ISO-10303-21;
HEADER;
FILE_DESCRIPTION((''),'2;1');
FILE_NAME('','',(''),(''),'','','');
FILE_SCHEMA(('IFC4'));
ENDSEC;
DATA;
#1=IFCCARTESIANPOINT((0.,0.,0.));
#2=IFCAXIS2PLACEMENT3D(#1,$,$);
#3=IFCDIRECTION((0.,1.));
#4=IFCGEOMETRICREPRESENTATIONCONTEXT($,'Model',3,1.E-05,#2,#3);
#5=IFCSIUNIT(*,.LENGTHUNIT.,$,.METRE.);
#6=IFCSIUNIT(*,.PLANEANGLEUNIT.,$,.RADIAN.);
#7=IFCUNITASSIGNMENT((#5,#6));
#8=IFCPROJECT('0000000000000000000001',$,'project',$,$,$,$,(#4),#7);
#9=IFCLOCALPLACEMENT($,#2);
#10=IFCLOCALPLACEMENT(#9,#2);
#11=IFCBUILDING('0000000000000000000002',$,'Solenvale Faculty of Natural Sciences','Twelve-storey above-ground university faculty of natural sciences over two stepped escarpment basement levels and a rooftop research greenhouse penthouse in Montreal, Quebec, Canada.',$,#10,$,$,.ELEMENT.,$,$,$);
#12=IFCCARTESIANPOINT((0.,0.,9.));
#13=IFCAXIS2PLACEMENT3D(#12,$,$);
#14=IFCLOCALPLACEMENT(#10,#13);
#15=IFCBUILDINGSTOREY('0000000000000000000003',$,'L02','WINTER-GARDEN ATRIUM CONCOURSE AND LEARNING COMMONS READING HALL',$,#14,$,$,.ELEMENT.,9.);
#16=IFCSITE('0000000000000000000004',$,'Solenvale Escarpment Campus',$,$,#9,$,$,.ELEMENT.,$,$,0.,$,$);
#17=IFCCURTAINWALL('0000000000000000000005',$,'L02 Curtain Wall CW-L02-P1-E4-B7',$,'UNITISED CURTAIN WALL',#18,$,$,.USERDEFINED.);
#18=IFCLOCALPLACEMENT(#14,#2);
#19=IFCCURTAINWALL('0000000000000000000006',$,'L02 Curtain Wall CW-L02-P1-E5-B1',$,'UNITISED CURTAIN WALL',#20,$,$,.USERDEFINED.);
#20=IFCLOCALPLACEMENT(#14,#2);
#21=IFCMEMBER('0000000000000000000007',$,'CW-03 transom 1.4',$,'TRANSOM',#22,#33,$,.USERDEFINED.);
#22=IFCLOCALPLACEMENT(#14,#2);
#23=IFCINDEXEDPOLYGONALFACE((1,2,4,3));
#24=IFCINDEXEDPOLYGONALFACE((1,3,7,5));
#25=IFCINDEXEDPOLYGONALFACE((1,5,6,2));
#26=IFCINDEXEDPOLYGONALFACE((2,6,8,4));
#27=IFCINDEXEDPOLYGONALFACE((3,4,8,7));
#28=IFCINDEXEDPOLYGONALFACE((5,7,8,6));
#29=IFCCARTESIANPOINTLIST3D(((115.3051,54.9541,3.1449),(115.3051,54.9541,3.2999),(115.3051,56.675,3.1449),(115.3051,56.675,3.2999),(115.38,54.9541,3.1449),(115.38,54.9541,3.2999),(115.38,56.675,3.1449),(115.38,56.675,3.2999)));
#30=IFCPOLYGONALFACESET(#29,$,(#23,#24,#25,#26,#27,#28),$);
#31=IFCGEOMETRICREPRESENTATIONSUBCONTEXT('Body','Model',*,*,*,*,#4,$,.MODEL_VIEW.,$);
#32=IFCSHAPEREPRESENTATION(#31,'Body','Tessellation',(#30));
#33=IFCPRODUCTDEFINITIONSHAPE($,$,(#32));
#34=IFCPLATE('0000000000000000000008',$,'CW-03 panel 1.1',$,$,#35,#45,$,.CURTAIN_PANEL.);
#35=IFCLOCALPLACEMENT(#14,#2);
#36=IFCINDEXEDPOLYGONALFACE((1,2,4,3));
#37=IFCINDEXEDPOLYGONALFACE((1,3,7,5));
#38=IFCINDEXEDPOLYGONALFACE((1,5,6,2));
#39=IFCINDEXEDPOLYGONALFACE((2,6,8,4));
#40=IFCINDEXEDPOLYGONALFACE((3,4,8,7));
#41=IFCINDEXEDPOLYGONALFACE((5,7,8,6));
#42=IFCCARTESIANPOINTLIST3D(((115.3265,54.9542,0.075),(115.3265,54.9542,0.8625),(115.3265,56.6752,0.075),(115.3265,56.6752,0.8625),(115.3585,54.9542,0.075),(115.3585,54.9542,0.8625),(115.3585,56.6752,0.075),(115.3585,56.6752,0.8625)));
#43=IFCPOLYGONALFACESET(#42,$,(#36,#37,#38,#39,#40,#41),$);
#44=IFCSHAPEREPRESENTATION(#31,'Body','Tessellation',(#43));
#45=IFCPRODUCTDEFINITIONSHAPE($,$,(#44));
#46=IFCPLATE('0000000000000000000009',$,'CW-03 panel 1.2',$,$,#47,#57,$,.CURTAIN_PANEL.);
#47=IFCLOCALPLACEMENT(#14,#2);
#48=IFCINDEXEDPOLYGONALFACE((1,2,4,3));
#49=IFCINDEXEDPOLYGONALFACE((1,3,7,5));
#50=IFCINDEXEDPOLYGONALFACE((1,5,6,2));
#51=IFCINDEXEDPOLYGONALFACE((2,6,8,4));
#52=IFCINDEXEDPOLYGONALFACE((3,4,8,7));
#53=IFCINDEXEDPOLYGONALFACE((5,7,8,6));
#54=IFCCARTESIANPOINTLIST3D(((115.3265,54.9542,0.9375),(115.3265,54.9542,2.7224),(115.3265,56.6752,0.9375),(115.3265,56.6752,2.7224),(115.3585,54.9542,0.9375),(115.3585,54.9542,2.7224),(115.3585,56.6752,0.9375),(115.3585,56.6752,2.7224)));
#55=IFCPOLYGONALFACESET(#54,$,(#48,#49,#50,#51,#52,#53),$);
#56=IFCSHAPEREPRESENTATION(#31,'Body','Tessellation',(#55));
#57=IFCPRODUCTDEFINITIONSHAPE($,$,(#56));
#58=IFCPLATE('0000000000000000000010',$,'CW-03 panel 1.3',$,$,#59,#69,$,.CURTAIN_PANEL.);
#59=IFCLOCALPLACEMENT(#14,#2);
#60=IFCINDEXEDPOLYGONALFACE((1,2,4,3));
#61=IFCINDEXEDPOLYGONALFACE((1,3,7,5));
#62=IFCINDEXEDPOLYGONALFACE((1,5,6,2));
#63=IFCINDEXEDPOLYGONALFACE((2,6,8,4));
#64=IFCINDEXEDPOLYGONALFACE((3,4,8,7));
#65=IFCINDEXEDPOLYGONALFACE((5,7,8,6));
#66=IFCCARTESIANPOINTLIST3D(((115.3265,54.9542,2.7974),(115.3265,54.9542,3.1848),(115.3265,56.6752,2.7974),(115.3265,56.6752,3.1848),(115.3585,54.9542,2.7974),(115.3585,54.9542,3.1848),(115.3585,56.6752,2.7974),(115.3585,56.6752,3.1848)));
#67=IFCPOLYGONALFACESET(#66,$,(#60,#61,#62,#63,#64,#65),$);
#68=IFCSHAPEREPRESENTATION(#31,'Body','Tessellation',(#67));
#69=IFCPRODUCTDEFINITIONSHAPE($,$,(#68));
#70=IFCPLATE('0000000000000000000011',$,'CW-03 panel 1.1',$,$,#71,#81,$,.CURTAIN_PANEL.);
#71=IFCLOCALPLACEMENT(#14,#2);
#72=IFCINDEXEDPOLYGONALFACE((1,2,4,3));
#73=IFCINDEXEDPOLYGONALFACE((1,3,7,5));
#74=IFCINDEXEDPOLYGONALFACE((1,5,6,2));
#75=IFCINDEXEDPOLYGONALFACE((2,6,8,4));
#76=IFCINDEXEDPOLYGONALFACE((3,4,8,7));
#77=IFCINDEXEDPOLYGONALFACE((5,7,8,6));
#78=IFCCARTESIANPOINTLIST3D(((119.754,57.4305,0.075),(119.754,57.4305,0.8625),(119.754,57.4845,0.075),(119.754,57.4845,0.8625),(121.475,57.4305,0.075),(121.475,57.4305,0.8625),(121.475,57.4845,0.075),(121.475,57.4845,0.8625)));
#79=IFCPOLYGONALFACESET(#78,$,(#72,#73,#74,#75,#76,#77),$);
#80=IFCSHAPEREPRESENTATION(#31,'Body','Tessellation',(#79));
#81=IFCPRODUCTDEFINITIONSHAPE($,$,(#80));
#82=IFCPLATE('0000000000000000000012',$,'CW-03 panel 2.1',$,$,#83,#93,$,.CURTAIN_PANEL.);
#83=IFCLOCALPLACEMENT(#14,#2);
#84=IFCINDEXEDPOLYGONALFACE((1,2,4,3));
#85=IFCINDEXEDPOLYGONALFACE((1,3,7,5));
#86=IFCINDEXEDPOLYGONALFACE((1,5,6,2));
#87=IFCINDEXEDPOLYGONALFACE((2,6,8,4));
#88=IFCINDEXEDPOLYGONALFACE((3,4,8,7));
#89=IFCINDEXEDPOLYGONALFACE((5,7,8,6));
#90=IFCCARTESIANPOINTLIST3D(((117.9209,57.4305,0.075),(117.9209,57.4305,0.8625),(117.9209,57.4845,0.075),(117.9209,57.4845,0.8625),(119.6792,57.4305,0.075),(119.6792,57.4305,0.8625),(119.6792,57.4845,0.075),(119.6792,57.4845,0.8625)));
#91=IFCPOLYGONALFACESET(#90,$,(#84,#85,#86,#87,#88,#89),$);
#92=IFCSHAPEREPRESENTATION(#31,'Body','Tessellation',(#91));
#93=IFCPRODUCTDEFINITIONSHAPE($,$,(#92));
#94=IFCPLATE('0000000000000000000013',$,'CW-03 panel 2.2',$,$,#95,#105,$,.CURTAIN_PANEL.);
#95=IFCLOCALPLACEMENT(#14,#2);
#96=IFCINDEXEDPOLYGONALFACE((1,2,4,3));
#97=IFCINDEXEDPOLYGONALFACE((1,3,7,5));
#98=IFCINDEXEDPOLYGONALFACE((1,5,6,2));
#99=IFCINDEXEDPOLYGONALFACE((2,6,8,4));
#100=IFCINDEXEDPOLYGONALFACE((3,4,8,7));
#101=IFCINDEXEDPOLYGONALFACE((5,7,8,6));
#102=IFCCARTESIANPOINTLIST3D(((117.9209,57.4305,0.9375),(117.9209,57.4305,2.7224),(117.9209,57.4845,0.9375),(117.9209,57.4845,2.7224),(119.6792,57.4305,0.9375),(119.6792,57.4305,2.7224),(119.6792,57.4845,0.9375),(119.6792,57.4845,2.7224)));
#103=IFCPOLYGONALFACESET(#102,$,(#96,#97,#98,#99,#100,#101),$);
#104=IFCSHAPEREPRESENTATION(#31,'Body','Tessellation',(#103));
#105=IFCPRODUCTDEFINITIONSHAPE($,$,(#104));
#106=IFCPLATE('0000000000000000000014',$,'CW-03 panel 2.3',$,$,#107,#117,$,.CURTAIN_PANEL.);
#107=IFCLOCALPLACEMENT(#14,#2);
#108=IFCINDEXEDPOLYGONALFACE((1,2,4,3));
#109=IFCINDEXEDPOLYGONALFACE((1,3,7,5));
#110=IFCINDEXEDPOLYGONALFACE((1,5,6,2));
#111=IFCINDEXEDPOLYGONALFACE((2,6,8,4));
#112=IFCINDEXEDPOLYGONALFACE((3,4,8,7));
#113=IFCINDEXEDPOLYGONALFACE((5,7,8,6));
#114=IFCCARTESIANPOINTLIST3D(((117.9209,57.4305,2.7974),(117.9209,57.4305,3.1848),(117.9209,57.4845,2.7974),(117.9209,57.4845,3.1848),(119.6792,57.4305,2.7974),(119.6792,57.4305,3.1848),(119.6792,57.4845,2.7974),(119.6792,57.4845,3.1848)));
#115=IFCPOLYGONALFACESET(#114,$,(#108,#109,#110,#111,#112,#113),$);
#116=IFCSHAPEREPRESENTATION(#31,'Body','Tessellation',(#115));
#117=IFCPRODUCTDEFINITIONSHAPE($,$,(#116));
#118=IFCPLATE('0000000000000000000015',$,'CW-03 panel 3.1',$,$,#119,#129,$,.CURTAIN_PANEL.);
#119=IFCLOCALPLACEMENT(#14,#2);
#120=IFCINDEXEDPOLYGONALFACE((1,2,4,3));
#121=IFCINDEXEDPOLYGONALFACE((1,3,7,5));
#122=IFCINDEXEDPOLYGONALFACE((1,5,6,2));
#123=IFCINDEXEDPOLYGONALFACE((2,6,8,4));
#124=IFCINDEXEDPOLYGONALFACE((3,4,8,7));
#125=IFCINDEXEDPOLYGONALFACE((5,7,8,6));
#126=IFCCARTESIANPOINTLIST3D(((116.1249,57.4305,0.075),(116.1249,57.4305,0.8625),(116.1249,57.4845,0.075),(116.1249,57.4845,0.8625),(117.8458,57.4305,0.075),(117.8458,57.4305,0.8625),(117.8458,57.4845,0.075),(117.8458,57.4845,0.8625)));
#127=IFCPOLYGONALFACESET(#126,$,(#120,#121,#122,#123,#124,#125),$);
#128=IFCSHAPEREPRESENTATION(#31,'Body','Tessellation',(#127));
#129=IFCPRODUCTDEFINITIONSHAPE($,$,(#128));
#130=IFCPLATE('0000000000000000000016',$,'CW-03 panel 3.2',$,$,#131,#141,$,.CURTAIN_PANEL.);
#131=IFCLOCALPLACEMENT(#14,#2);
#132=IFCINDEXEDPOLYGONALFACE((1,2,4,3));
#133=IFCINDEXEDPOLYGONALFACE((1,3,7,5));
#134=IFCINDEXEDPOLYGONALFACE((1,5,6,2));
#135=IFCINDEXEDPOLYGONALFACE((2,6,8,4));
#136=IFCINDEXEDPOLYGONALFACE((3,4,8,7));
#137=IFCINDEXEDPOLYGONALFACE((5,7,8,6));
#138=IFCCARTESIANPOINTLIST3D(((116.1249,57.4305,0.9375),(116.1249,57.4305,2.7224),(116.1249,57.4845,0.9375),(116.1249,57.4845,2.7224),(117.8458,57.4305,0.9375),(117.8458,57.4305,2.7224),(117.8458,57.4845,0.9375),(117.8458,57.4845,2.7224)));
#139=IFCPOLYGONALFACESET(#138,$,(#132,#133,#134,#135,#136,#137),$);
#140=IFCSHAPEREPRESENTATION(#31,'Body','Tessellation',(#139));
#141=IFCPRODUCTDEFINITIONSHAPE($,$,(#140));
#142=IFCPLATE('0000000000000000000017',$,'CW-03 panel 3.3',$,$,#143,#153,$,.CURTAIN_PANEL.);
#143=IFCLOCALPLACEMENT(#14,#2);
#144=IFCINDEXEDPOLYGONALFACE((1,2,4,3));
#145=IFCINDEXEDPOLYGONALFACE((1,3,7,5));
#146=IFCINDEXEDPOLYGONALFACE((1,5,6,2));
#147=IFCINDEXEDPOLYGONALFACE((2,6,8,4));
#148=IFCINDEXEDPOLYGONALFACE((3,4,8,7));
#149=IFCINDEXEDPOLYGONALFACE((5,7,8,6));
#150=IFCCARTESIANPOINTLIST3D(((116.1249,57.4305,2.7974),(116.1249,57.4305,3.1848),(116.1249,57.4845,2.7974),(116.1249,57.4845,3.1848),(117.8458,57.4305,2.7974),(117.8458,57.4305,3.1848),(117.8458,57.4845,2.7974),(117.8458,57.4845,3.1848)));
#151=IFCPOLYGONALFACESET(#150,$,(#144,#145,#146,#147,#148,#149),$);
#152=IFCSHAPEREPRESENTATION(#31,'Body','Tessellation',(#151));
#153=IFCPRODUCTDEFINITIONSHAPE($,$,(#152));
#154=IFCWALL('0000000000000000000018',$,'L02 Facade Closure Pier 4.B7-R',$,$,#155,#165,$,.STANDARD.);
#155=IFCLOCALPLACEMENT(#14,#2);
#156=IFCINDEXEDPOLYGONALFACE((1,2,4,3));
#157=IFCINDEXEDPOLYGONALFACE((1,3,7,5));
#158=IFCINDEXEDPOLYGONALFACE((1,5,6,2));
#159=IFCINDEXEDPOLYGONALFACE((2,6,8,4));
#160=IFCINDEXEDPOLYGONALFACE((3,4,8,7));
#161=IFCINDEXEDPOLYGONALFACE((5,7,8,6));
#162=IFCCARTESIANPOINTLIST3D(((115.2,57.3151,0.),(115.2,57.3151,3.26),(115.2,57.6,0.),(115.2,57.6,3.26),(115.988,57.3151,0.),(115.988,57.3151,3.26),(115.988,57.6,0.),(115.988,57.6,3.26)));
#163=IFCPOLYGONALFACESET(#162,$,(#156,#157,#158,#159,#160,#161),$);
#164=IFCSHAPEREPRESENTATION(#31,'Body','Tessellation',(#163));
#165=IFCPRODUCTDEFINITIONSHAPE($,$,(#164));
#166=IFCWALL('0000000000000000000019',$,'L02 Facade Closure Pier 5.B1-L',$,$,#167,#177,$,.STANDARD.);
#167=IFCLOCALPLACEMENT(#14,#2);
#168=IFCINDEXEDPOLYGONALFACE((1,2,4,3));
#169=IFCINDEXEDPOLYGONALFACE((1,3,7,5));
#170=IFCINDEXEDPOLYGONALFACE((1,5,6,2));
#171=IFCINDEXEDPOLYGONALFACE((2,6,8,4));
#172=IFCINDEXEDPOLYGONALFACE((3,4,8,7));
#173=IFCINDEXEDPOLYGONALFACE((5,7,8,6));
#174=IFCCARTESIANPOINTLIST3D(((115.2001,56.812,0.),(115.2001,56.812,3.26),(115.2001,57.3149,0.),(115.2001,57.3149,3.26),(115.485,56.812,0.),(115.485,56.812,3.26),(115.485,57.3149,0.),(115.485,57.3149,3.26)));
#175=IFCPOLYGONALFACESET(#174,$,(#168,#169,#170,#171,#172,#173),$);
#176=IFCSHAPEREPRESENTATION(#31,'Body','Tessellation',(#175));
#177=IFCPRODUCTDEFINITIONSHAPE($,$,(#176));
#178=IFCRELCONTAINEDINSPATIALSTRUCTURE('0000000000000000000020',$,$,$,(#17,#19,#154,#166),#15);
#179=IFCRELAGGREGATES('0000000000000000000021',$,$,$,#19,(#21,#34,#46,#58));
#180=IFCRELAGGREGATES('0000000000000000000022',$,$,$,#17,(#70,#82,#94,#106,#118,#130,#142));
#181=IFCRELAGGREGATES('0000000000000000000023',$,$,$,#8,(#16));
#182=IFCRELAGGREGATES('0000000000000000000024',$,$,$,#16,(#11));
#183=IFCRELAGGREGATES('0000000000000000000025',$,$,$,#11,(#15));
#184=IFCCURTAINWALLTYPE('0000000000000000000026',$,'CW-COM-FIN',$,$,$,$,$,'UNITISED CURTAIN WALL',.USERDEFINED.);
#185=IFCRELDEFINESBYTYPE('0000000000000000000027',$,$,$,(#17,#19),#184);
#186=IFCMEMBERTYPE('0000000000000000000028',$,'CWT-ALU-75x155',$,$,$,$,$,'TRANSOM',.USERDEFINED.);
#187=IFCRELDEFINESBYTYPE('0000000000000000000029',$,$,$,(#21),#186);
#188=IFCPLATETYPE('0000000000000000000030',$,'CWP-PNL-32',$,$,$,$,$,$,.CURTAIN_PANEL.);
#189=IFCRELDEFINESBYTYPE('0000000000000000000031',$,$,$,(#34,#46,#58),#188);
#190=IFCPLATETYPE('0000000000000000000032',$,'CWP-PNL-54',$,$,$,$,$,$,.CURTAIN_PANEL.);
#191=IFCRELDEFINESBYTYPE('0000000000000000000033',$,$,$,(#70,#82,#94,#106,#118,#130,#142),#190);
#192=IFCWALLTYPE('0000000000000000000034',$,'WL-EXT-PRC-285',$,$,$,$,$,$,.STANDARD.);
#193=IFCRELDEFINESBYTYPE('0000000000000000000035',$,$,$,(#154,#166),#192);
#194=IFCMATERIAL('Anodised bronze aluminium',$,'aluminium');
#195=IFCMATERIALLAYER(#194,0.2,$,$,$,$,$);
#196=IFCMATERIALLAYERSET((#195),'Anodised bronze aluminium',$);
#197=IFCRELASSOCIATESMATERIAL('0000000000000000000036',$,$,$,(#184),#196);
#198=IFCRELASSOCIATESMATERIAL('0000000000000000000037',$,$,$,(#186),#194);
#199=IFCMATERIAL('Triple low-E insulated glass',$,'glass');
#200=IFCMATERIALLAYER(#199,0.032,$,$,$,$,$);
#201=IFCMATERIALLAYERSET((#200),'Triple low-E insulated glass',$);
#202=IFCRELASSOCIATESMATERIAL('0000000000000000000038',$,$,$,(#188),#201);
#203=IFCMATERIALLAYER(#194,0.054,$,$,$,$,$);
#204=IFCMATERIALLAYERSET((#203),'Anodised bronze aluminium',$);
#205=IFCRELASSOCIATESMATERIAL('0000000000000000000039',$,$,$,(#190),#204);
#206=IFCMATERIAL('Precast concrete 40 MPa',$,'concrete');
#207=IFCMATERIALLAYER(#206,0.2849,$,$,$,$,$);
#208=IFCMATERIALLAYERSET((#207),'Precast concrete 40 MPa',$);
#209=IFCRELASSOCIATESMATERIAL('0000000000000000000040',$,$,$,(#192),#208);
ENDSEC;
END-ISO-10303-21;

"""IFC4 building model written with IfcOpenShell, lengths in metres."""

from ifc_helpers import new_model, si_unit, direction, frame, frame_2d, origin, origin_2d, place, context, subcontext, project, spatial, rectangle, extrude, material, layer, layer_set, material_profile, profile_set, type_object, element, aggregate, save


model = new_model("IFC4")

# Units and contexts
model_context = context("Model", 3, precision=1e-05, world=origin(), true_north=direction((0.0, 1.0)))
body_context = subcontext(model_context, "Body", "Model", "MODEL_VIEW")
ifc_project = project(units=[si_unit("LENGTHUNIT", "METRE"), si_unit("PLANEANGLEUNIT", "RADIAN")], contexts=[model_context])

# Site, building, storey
site_placement = place(None, origin())
site = spatial("IfcSite", under=ifc_project, at=site_placement, Name="Solenvale Escarpment Campus", CompositionType="ELEMENT", RefElevation=0.0)
building_placement = place(site_placement, origin())
building = spatial("IfcBuilding", under=site, at=building_placement, Name="Solenvale Faculty of Natural Sciences", Description="Twelve-storey above-ground university faculty of natural sciences over two stepped escarpment basement levels and a rooftop research greenhouse penthouse in Montreal, Quebec, Canada.", CompositionType="ELEMENT")
storey_placement = place(building_placement, frame((0.0, 0.0, 9.0)))
storey = spatial("IfcBuildingStorey", under=building, at=storey_placement, Name="L02", Description="WINTER-GARDEN ATRIUM CONCOURSE AND LEARNING COMMONS READING HALL", CompositionType="ELEMENT", Elevation=9.0)

# Curtain wall
ifc_material_1 = material(Name="Anodised bronze aluminium", Category="aluminium")
ifc_layer_1 = layer(ifc_material_1, 0.2)
ifc_layer_set_1 = layer_set([ifc_layer_1], Name="Anodised bronze aluminium")
curtain_wall_type = type_object("IfcCurtainWallType", Name="CW-COM-FIN", ElementType="UNITISED CURTAIN WALL", PredefinedType="USERDEFINED", material=ifc_layer_set_1)
curtain_wall_1_placement = place(storey_placement, origin())
curtain_wall_1 = element("IfcCurtainWall", 1, at=curtain_wall_1_placement, inside=storey, type_object=curtain_wall_type, Name="L02 Curtain Wall CW-L02-P1-E4-B7", ObjectType="UNITISED CURTAIN WALL", PredefinedType="USERDEFINED")

# Curtain wall
curtain_wall_2_placement = place(storey_placement, origin())
curtain_wall_2 = element("IfcCurtainWall", 2, at=curtain_wall_2_placement, inside=storey, type_object=curtain_wall_type, Name="L02 Curtain Wall CW-L02-P1-E5-B1", ObjectType="UNITISED CURTAIN WALL", PredefinedType="USERDEFINED")

# Member
ifc_material_profile_1 = material_profile(ifc_material_1, rectangle(XDim=0.075, YDim=0.155, at=origin_2d()), Name="ALU-TRN-75x155")
ifc_profile_set_1 = profile_set([ifc_material_profile_1], Name="Anodised bronze aluminium")
member_type_1 = type_object("IfcMemberType", Name="CWT-ALU-75x155", ElementType="TRANSOM", PredefinedType="USERDEFINED", material=ifc_profile_set_1)
member_1_placement = place(storey_placement, frame((115.3425, 56.675, 3.2224), z_axis=(0.0, -1.0, 0.0), x_axis=(1.0, 0.0, 0.0)))
member_1 = element("IfcMember", 3, at=member_1_placement, type_object=member_type_1, Name="CW-03 transom 1.4", ObjectType="TRANSOM", PredefinedType="USERDEFINED", context=body_context, shape_type="SweptSolid", body=[
    extrude(rectangle(XDim=0.075, YDim=0.155, at=origin_2d()), origin(), (0.0, 0.0, 1.0), 1.7209),
])

# Plates
ifc_material_2 = material(Name="Triple low-E insulated glass", Category="glass")
ifc_layer_2 = layer(ifc_material_2, 0.032)
ifc_layer_set_2 = layer_set([ifc_layer_2], Name="Triple low-E insulated glass")
plate_type_1 = type_object("IfcPlateType", Name="CWP-PNL-32", PredefinedType="CURTAIN_PANEL", material=ifc_layer_set_2)
plate_1_placement = place(storey_placement, frame((115.3425, 55.8147, 0.075), z_axis=(0.0, 0.0, 1.0), x_axis=(0.0, -1.0, 0.0)))
plate_1 = element("IfcPlate", 4, at=plate_1_placement, type_object=plate_type_1, Name="CW-03 panel 1.1", PredefinedType="CURTAIN_PANEL", context=body_context, shape_type="SweptSolid", body=[
    extrude(rectangle(XDim=1.7209, YDim=0.032, at=origin_2d()), origin(), (0.0, 0.0, 1.0), 0.7876),
])
plate_2_placement = place(storey_placement, frame((115.3425, 55.8147, 0.9375), z_axis=(0.0, 0.0, 1.0), x_axis=(0.0, -1.0, 0.0)))
plate_2 = element("IfcPlate", 5, at=plate_2_placement, type_object=plate_type_1, Name="CW-03 panel 1.2", PredefinedType="CURTAIN_PANEL", context=body_context, shape_type="SweptSolid", body=[
    extrude(rectangle(XDim=1.7209, YDim=0.032, at=origin_2d()), origin(), (0.0, 0.0, 1.0), 1.7849),
])
plate_3_placement = place(storey_placement, frame((115.3425, 55.8147, 2.7974), z_axis=(0.0, 0.0, 1.0), x_axis=(0.0, -1.0, 0.0)))
plate_3 = element("IfcPlate", 6, at=plate_3_placement, type_object=plate_type_1, Name="CW-03 panel 1.3", PredefinedType="CURTAIN_PANEL", context=body_context, shape_type="SweptSolid", body=[
    extrude(rectangle(XDim=1.7209, YDim=0.032, at=origin_2d()), origin(), (0.0, 0.0, 1.0), 0.3875),
])
aggregate(curtain_wall_2, [member_1, plate_1, plate_2, plate_3])
ifc_layer_3 = layer(ifc_material_1, 0.054)
ifc_layer_set_3 = layer_set([ifc_layer_3], Name="Anodised bronze aluminium")
plate_type_2 = type_object("IfcPlateType", Name="CWP-PNL-54", PredefinedType="CURTAIN_PANEL", material=ifc_layer_set_3)
plate_4_placement = place(storey_placement, frame((120.6145, 57.4575, 0.075), z_axis=(0.0, 0.0, 1.0), x_axis=(-1.0, 0.0, 0.0)))
plate_4 = element("IfcPlate", 7, at=plate_4_placement, type_object=plate_type_2, Name="CW-03 panel 1.1", PredefinedType="CURTAIN_PANEL", context=body_context, shape_type="SweptSolid", body=[
    extrude(rectangle(XDim=1.7209, YDim=0.054, at=origin_2d()), origin(), (0.0, 0.0, 1.0), 0.7876),
])
plate_5_placement = place(storey_placement, frame((118.8, 57.4575, 0.075), z_axis=(0.0, 0.0, 1.0), x_axis=(-1.0, 0.0, 0.0)))
plate_5 = element("IfcPlate", 8, at=plate_5_placement, type_object=plate_type_2, Name="CW-03 panel 2.1", PredefinedType="CURTAIN_PANEL", context=body_context, shape_type="SweptSolid", body=[
    extrude(rectangle(XDim=1.7583, YDim=0.054, at=origin_2d()), origin(), (0.0, 0.0, 1.0), 0.7876),
])
plate_6_placement = place(storey_placement, frame((118.8, 57.4575, 0.9375), z_axis=(0.0, 0.0, 1.0), x_axis=(-1.0, 0.0, 0.0)))
plate_6 = element("IfcPlate", 9, at=plate_6_placement, type_object=plate_type_2, Name="CW-03 panel 2.2", PredefinedType="CURTAIN_PANEL", context=body_context, shape_type="SweptSolid", body=[
    extrude(rectangle(XDim=1.7583, YDim=0.054, at=origin_2d()), origin(), (0.0, 0.0, 1.0), 1.7849),
])
plate_7_placement = place(storey_placement, frame((118.8, 57.4575, 2.7974), z_axis=(0.0, 0.0, 1.0), x_axis=(-1.0, 0.0, 0.0)))
plate_7 = element("IfcPlate", 10, at=plate_7_placement, type_object=plate_type_2, Name="CW-03 panel 2.3", PredefinedType="CURTAIN_PANEL", context=body_context, shape_type="SweptSolid", body=[
    extrude(rectangle(XDim=1.7583, YDim=0.054, at=origin_2d()), origin(), (0.0, 0.0, 1.0), 0.3875),
])
plate_8_placement = place(storey_placement, frame((116.9854, 57.4575, 0.075), z_axis=(0.0, 0.0, 1.0), x_axis=(-1.0, 0.0, 0.0)))
plate_8 = element("IfcPlate", 11, at=plate_8_placement, type_object=plate_type_2, Name="CW-03 panel 3.1", PredefinedType="CURTAIN_PANEL", context=body_context, shape_type="SweptSolid", body=[
    extrude(rectangle(XDim=1.7209, YDim=0.054, at=origin_2d()), origin(), (0.0, 0.0, 1.0), 0.7876),
])
plate_9_placement = place(storey_placement, frame((116.9854, 57.4575, 0.9375), z_axis=(0.0, 0.0, 1.0), x_axis=(-1.0, 0.0, 0.0)))
plate_9 = element("IfcPlate", 12, at=plate_9_placement, type_object=plate_type_2, Name="CW-03 panel 3.2", PredefinedType="CURTAIN_PANEL", context=body_context, shape_type="SweptSolid", body=[
    extrude(rectangle(XDim=1.7209, YDim=0.054, at=origin_2d()), origin(), (0.0, 0.0, 1.0), 1.7849),
])
plate_10_placement = place(storey_placement, frame((116.9854, 57.4575, 2.7974), z_axis=(0.0, 0.0, 1.0), x_axis=(-1.0, 0.0, 0.0)))
plate_10 = element("IfcPlate", 13, at=plate_10_placement, type_object=plate_type_2, Name="CW-03 panel 3.3", PredefinedType="CURTAIN_PANEL", context=body_context, shape_type="SweptSolid", body=[
    extrude(rectangle(XDim=1.7209, YDim=0.054, at=origin_2d()), origin(), (0.0, 0.0, 1.0), 0.3875),
])
aggregate(curtain_wall_1, [plate_4, plate_5, plate_6, plate_7, plate_8, plate_9, plate_10])

# Walls
ifc_material_3 = material(Name="Precast concrete 40 MPa", Category="concrete")
ifc_layer_4 = layer(ifc_material_3, 0.2849)
ifc_layer_set_4 = layer_set([ifc_layer_4], Name="Precast concrete 40 MPa")
wall_type_1 = type_object("IfcWallType", Name="WL-EXT-PRC-285", PredefinedType="STANDARD", material=ifc_layer_set_4)
wall_1_placement = place(storey_placement, frame((115.988, 57.4575, 0.0), z_axis=(0.0, 0.0, 1.0), x_axis=(-1.0, 0.0, 0.0)))
element("IfcWall", 14, at=wall_1_placement, inside=storey, type_object=wall_type_1, Name="L02 Facade Closure Pier 4.B7-R", PredefinedType="STANDARD", context=body_context, shape_type="SweptSolid", body=[
    extrude(rectangle(XDim=0.7881, YDim=0.2849, at=frame_2d((0.394, 0.0))), origin(), (0.0, 0.0, 1.0), 3.26),
])
wall_2_placement = place(storey_placement, frame((115.3425, 57.3149, 0.0), z_axis=(0.0, 0.0, 1.0), x_axis=(0.0, -1.0, 0.0)))
element("IfcWall", 15, at=wall_2_placement, inside=storey, type_object=wall_type_1, Name="L02 Facade Closure Pier 5.B1-L", PredefinedType="STANDARD", context=body_context, shape_type="SweptSolid", body=[
    extrude(rectangle(XDim=0.5029, YDim=0.2849, at=frame_2d((0.2515, 0.0))), origin(), (0.0, 0.0, 1.0), 3.26),
])

save(model, "model.ifc")
